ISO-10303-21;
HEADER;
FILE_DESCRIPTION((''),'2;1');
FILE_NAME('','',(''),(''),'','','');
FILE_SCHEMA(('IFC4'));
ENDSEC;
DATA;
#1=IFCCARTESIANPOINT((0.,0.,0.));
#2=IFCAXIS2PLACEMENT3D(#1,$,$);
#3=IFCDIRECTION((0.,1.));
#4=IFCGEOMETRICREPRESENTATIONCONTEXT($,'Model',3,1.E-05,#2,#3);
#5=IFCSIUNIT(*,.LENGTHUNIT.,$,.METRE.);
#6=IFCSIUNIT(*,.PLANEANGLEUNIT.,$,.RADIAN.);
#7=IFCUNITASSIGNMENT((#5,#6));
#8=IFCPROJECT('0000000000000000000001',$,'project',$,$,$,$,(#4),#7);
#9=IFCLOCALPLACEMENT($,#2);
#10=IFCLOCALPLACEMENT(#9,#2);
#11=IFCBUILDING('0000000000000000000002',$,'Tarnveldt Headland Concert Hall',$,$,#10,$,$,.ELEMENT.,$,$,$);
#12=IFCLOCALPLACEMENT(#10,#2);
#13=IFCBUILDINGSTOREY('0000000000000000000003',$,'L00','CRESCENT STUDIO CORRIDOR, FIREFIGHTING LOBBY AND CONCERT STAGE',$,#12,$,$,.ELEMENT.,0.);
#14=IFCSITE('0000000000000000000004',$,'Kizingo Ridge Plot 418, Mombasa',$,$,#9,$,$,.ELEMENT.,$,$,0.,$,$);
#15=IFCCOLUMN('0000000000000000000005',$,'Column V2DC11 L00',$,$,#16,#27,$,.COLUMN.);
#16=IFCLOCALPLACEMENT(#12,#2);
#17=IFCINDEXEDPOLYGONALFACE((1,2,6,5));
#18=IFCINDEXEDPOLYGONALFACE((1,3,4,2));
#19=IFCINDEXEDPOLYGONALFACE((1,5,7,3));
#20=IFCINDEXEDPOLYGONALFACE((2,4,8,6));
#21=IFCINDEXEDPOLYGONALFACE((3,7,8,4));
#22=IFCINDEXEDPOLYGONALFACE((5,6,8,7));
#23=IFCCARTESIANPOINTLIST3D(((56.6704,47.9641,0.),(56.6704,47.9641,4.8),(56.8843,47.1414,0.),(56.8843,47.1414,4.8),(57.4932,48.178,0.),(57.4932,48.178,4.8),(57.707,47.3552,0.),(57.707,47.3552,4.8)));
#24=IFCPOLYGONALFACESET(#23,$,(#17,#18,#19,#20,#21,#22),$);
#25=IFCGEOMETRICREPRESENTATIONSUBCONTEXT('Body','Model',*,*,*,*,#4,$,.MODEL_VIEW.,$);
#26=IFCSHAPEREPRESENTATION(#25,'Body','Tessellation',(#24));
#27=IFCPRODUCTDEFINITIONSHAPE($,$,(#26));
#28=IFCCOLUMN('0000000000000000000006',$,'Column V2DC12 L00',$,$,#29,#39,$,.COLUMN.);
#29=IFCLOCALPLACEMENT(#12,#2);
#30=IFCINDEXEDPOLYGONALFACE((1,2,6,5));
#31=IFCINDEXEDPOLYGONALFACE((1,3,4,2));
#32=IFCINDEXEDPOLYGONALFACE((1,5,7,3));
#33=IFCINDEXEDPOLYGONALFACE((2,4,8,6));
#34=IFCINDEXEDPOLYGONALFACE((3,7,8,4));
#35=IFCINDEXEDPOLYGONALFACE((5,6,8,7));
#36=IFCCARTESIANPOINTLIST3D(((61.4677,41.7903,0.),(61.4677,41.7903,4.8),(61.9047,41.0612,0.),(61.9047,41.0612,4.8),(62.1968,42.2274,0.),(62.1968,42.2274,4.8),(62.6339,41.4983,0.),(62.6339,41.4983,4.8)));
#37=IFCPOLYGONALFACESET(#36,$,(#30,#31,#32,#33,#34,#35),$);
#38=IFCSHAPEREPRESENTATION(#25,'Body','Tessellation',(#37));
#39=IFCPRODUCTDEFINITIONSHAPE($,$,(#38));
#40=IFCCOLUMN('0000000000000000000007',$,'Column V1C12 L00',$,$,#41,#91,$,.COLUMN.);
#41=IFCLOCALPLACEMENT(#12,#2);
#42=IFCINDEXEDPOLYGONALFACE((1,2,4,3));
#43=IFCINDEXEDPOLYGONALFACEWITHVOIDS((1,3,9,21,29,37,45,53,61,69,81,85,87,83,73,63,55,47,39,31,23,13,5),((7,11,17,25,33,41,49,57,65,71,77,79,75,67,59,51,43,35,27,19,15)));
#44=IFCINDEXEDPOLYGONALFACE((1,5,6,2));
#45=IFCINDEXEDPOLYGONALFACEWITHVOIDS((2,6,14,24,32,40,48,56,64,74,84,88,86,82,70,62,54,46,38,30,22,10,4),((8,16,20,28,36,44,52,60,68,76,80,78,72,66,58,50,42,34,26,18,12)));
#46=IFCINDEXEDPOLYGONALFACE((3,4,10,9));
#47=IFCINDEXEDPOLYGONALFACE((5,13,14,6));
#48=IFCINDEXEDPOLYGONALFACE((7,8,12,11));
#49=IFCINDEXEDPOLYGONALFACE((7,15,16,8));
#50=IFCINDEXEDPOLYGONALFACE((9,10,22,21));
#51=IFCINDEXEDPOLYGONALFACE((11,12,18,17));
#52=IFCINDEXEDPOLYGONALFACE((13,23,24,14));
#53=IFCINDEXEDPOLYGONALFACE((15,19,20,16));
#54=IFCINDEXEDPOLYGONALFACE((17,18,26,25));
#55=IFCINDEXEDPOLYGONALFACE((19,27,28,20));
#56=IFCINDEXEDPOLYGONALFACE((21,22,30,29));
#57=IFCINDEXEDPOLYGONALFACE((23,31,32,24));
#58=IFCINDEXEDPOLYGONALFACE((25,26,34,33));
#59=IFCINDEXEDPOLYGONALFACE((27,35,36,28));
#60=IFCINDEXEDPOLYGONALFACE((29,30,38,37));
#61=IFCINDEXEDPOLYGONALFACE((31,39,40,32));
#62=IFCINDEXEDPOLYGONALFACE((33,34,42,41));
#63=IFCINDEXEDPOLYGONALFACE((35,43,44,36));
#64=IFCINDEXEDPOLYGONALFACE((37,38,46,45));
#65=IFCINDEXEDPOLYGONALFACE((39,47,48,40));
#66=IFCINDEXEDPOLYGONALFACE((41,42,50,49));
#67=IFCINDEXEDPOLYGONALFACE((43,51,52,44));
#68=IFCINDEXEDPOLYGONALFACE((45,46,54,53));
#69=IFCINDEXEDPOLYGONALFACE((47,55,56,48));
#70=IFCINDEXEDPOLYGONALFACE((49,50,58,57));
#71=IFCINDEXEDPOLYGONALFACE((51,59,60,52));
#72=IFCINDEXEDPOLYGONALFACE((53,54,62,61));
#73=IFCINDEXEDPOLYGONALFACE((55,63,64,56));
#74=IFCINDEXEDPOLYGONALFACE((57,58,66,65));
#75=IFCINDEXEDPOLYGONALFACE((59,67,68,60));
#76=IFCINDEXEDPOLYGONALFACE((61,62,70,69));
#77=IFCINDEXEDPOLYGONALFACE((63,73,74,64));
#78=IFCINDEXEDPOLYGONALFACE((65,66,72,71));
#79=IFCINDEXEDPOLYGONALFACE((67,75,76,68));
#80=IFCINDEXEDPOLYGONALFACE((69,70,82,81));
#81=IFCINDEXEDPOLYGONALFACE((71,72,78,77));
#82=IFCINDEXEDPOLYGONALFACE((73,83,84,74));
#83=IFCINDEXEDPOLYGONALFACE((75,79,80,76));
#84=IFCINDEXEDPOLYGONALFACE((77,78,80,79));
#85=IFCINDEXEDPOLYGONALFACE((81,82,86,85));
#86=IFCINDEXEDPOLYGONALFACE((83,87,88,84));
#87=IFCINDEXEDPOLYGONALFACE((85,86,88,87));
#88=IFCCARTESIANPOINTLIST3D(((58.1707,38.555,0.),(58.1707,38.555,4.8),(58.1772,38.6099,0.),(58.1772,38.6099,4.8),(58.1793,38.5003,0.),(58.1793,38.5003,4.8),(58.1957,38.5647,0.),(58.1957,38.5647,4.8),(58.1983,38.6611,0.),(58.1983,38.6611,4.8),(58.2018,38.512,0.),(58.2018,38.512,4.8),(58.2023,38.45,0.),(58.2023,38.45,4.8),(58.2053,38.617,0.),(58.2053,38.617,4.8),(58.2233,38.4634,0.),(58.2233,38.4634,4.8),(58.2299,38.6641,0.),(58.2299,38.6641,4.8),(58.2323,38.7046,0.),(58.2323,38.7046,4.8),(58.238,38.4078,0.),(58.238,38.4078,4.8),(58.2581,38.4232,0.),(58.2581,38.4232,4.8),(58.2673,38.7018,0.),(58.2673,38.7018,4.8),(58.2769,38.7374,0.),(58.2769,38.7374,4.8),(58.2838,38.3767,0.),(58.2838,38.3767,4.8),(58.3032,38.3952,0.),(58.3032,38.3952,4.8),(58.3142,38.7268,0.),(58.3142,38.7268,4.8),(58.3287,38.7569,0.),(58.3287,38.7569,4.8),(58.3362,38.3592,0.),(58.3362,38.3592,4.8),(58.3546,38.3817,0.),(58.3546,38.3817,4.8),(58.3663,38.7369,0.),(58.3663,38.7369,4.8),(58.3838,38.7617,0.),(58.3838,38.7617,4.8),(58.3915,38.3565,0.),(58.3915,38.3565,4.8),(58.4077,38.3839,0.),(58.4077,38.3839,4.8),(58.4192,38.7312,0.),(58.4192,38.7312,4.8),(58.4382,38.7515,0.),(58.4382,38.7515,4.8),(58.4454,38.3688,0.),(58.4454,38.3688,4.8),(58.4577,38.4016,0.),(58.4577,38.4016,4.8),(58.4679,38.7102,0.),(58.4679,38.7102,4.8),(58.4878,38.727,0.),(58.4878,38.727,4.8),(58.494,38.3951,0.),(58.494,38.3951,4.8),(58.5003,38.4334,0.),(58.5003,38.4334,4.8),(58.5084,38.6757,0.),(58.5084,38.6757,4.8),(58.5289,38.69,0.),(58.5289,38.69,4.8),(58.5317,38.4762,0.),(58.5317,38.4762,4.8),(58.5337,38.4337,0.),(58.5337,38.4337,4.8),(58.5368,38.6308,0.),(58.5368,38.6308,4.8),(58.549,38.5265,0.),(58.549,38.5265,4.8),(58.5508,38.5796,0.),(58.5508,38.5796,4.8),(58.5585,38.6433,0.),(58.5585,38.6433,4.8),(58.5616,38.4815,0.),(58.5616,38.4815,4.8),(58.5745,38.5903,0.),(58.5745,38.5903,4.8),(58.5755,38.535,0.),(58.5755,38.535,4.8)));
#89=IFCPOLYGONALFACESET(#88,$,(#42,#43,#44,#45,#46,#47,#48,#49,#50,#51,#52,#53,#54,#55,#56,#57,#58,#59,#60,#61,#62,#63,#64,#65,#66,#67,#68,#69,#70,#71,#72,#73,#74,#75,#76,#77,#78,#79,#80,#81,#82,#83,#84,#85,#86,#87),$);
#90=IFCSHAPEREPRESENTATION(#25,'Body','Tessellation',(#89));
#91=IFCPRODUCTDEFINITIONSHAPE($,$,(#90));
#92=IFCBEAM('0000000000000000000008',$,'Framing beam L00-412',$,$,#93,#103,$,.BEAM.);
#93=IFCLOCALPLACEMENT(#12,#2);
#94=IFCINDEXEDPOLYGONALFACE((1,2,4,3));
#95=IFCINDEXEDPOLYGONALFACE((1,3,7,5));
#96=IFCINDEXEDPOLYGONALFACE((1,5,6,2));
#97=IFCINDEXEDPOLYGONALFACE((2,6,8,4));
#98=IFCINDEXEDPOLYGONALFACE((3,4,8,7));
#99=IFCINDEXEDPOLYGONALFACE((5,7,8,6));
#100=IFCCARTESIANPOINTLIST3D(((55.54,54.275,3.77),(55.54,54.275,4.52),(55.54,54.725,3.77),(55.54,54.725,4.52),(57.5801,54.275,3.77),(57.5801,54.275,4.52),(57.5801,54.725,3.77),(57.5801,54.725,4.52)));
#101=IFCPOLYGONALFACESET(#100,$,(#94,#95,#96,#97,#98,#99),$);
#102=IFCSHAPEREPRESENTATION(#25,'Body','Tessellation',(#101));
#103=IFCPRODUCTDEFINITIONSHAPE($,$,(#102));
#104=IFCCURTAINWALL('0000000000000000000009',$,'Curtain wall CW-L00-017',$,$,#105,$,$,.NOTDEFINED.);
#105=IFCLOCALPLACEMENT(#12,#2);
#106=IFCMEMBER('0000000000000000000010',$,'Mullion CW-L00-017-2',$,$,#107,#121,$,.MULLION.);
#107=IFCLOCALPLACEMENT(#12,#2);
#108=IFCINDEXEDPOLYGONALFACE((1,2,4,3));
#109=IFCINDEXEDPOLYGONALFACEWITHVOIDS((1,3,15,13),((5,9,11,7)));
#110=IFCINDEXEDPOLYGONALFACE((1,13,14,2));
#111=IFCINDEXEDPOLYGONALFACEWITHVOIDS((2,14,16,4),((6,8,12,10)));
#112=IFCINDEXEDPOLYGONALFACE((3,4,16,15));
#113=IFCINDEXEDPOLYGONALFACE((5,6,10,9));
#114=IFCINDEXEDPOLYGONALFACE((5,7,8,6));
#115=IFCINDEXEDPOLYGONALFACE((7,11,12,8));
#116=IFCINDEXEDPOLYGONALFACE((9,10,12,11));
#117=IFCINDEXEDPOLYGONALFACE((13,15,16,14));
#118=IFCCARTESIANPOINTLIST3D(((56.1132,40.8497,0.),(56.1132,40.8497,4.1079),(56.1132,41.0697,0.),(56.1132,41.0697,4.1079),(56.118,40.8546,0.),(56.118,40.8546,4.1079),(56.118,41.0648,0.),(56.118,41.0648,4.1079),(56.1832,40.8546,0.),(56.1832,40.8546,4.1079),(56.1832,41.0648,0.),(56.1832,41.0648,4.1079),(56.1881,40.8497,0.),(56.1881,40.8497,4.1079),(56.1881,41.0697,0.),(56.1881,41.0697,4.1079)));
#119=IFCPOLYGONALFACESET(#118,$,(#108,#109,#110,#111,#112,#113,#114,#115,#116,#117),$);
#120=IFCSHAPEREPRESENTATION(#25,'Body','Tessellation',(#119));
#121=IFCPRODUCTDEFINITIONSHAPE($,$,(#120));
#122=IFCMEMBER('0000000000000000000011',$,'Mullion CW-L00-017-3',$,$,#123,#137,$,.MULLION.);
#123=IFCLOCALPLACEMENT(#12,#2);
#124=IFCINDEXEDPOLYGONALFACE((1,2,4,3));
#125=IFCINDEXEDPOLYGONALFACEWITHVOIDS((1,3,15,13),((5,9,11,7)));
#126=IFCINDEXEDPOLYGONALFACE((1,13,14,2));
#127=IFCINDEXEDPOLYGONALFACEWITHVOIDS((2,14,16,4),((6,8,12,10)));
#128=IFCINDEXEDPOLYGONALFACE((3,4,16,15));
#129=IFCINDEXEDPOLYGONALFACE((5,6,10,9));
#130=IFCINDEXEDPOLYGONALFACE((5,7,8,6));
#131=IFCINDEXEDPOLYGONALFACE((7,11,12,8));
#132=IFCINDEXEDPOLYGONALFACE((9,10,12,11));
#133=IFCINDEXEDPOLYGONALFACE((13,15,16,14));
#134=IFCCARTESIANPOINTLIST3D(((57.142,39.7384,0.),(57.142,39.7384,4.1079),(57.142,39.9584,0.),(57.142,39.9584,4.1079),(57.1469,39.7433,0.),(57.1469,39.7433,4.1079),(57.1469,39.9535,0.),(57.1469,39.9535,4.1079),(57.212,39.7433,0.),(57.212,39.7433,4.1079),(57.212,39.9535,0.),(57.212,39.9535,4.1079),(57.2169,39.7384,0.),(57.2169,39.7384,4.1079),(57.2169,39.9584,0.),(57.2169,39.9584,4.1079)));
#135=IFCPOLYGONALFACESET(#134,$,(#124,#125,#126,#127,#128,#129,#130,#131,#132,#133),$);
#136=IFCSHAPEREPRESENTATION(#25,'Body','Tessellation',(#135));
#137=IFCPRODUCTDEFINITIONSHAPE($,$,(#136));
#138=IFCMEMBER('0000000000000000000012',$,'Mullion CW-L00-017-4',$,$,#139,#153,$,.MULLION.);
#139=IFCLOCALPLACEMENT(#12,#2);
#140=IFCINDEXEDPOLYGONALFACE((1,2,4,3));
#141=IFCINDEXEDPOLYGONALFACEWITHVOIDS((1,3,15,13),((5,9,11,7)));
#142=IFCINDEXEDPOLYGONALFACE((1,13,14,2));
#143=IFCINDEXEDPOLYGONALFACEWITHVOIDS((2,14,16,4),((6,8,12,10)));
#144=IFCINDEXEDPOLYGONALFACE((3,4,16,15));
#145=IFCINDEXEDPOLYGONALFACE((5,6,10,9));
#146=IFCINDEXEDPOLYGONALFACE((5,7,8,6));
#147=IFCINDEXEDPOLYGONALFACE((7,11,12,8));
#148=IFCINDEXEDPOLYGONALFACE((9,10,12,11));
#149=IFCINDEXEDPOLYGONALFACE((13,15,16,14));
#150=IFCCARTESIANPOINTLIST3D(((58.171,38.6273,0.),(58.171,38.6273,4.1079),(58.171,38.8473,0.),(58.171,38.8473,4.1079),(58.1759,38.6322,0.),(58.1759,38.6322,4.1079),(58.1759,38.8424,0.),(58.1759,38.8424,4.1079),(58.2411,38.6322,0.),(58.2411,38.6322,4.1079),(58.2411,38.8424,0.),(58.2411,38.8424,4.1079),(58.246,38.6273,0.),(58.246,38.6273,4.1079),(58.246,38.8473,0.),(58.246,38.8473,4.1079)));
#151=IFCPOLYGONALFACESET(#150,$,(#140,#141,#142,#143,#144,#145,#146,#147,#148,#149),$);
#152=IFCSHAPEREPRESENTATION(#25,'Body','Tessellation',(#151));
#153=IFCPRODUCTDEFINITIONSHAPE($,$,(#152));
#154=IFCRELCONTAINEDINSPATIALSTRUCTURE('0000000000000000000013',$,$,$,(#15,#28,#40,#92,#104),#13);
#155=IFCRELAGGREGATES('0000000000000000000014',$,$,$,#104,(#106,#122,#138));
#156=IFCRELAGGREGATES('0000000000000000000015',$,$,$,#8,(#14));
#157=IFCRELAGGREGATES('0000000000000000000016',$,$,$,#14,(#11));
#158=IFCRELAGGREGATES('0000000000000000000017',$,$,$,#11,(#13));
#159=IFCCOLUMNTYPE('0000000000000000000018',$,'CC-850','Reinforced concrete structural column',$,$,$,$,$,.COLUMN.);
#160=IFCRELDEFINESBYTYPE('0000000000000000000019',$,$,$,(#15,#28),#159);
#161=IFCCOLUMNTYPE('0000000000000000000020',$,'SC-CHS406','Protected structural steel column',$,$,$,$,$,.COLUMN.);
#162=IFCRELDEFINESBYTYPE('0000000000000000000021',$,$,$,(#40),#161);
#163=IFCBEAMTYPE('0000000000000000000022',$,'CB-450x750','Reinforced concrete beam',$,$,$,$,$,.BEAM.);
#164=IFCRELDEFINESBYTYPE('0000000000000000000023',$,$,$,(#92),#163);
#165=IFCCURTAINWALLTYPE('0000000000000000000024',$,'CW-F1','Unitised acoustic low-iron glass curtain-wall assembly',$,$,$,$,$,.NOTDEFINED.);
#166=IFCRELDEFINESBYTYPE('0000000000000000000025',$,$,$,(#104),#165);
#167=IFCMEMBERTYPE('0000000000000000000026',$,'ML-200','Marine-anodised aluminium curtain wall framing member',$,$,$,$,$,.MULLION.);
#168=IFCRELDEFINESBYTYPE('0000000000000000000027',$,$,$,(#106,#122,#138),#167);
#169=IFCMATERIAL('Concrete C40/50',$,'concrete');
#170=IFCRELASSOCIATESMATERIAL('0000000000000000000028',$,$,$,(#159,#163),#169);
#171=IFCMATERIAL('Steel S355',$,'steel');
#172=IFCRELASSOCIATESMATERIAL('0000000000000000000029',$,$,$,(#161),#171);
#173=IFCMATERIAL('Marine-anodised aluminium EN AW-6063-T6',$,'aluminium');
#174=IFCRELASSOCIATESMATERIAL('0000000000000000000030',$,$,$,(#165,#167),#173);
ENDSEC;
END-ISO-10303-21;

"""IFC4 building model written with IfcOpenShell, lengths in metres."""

from ifc_helpers import new_model, si_unit, direction, frame, origin, origin_2d, place, context, subcontext, project, spatial, rectangle, hollow_rectangle, hollow_circle, extrude, material, material_profile, profile_set, type_object, element, aggregate, save


model = new_model("IFC4")

# Units and contexts
model_context = context("Model", 3, precision=1e-05, world=origin(), true_north=direction((0.0, 1.0)))
body_context = subcontext(model_context, "Body", "Model", "MODEL_VIEW")
ifc_project = project(units=[si_unit("LENGTHUNIT", "METRE"), si_unit("PLANEANGLEUNIT", "RADIAN")], contexts=[model_context])

# Site, building, storey
site_placement = place(None, origin())
site = spatial("IfcSite", under=ifc_project, at=site_placement, Name="Kizingo Ridge Plot 418, Mombasa", CompositionType="ELEMENT", RefElevation=0.0)
building_placement = place(site_placement, origin())
building = spatial("IfcBuilding", under=site, at=building_placement, Name="Tarnveldt Headland Concert Hall", CompositionType="ELEMENT")
storey_placement = place(building_placement, origin())
storey = spatial("IfcBuildingStorey", under=building, at=storey_placement, Name="L00", Description="CRESCENT STUDIO CORRIDOR, FIREFIGHTING LOBBY AND CONCERT STAGE", CompositionType="ELEMENT", Elevation=0.0)

# Columns
ifc_material_1 = material(Name="Concrete C40/50", Category="concrete")
ifc_material_profile_1 = material_profile(ifc_material_1, rectangle(XDim=0.8501, YDim=0.8501, at=origin_2d()), Name="RC 850x850", Category="concrete")
ifc_profile_set_1 = profile_set([ifc_material_profile_1], Name="Concrete C40/50")
column_type_1 = type_object("IfcColumnType", Name="CC-850", Description="Reinforced concrete structural column", PredefinedType="COLUMN", material=ifc_profile_set_1)
for number, where, z_axis, x_axis, name in (
    (1, (57.1887, 47.6597, 0.0), (0.0, 0.0, 1.0), (-0.967841, -0.251563, 0.0), "Column V2DC11 L00"),
    (2, (62.0508, 41.6443, 0.0), (0.0, 0.0, 1.0), (-0.857706, -0.51414, 0.0), "Column V2DC12 L00"),
):
    element("IfcColumn", number, at=place(storey_placement, frame(where, z_axis=z_axis, x_axis=x_axis)), inside=storey, type_object=column_type_1, Name=name, PredefinedType="COLUMN", context=body_context, shape_type="SweptSolid", body=[
        extrude(rectangle(XDim=0.8501, YDim=0.8501, at=origin_2d()), origin(), (0.0, 0.0, 1.0), 4.8),
    ])
ifc_material_2 = material(Name="Steel S355", Category="steel")
ifc_material_profile_2 = material_profile(ifc_material_2, hollow_circle(Radius=0.2031, WallThickness=0.0249, at=origin_2d()), Name="CHS 406.4x25", Category="steel")
ifc_profile_set_2 = profile_set([ifc_material_profile_2], Name="Steel S355")
column_type_2 = type_object("IfcColumnType", Name="SC-CHS406", Description="Protected structural steel column", PredefinedType="COLUMN", material=ifc_profile_set_2)
column_placement = place(storey_placement, frame((58.3738, 38.5588, 0.0), z_axis=(0.0, 0.0, 1.0), x_axis=(-0.844421, -0.535679, 0.0)))
element("IfcColumn", 3, at=column_placement, inside=storey, type_object=column_type_2, Name="Column V1C12 L00", PredefinedType="COLUMN", context=body_context, shape_type="SweptSolid", body=[
    extrude(hollow_circle(Radius=0.2031, WallThickness=0.0249, at=origin_2d()), origin(), (0.0, 0.0, 1.0), 4.8),
])

# Beam
ifc_material_profile_3 = material_profile(ifc_material_1, rectangle(XDim=0.45, YDim=0.75, at=origin_2d()), Name="RC 450x750", Category="concrete")
ifc_profile_set_3 = profile_set([ifc_material_profile_3], Name="Concrete C40/50")
beam_type_1 = type_object("IfcBeamType", Name="CB-450x750", Description="Reinforced concrete beam", PredefinedType="BEAM", material=ifc_profile_set_3)
beam_1_placement = place(storey_placement, frame((57.5801, 54.5, 4.145), z_axis=(-1.0, 0.0, 0.0), x_axis=(0.0, -1.0, 0.0)))
element("IfcBeam", 4, at=beam_1_placement, inside=storey, type_object=beam_type_1, Name="Framing beam L00-412", PredefinedType="BEAM", context=body_context, shape_type="SweptSolid", body=[
    extrude(rectangle(XDim=0.45, YDim=0.75, at=origin_2d()), origin(), (0.0, 0.0, 1.0), 2.04),
])

# Curtain wall, members
ifc_material_3 = material(Name="Marine-anodised aluminium EN AW-6063-T6", Category="aluminium")
curtain_wall_type = type_object("IfcCurtainWallType", Name="CW-F1", Description="Unitised acoustic low-iron glass curtain-wall assembly", PredefinedType="NOTDEFINED", material=ifc_material_3)
curtain_wall_placement = place(storey_placement, origin())
curtain_wall = element("IfcCurtainWall", 5, at=curtain_wall_placement, inside=storey, type_object=curtain_wall_type, Name="Curtain wall CW-L00-017", PredefinedType="NOTDEFINED")
ifc_material_profile_4 = material_profile(ifc_material_3, hollow_rectangle(XDim=0.075, YDim=0.22, WallThickness=0.0049, at=origin_2d()), Name="ALU MULLION 75x220x5", Category="aluminium")
ifc_profile_set_4 = profile_set([ifc_material_profile_4], Name="Marine-anodised aluminium EN AW-6063-T6")
member_type_1 = type_object("IfcMemberType", Name="ML-200", Description="Marine-anodised aluminium curtain wall framing member", PredefinedType="MULLION", material=ifc_profile_set_4)
member_1_placement = place(storey_placement, frame((56.1506, 40.9597, 0.0), z_axis=(0.0, 0.0, 1.0), x_axis=(1.0, 0.0, 0.0)))
member_1 = element("IfcMember", 6, at=member_1_placement, type_object=member_type_1, Name="Mullion CW-L00-017-2", PredefinedType="MULLION", context=body_context, shape_type="SweptSolid", body=[
    extrude(hollow_rectangle(XDim=0.075, YDim=0.22, WallThickness=0.0049, at=origin_2d()), origin(), (0.0, 0.0, 1.0), 4.1079),
])
member_2_placement = place(storey_placement, frame((57.1794, 39.8484, 0.0), z_axis=(0.0, 0.0, 1.0), x_axis=(1.0, 0.0, 0.0)))
member_2 = element("IfcMember", 7, at=member_2_placement, type_object=member_type_1, Name="Mullion CW-L00-017-3", PredefinedType="MULLION", context=body_context, shape_type="SweptSolid", body=[
    extrude(hollow_rectangle(XDim=0.075, YDim=0.22, WallThickness=0.0049, at=origin_2d()), origin(), (0.0, 0.0, 1.0), 4.1079),
])
member_3_placement = place(storey_placement, frame((58.2085, 38.7373, 0.0), z_axis=(0.0, 0.0, 1.0), x_axis=(1.0, 0.0, 0.0)))
member_3 = element("IfcMember", 8, at=member_3_placement, type_object=member_type_1, Name="Mullion CW-L00-017-4", PredefinedType="MULLION", context=body_context, shape_type="SweptSolid", body=[
    extrude(hollow_rectangle(XDim=0.075, YDim=0.22, WallThickness=0.0049, at=origin_2d()), origin(), (0.0, 0.0, 1.0), 4.1079),
])

aggregate(curtain_wall, [member_1, member_2, member_3])

save(model, "model.ifc")
